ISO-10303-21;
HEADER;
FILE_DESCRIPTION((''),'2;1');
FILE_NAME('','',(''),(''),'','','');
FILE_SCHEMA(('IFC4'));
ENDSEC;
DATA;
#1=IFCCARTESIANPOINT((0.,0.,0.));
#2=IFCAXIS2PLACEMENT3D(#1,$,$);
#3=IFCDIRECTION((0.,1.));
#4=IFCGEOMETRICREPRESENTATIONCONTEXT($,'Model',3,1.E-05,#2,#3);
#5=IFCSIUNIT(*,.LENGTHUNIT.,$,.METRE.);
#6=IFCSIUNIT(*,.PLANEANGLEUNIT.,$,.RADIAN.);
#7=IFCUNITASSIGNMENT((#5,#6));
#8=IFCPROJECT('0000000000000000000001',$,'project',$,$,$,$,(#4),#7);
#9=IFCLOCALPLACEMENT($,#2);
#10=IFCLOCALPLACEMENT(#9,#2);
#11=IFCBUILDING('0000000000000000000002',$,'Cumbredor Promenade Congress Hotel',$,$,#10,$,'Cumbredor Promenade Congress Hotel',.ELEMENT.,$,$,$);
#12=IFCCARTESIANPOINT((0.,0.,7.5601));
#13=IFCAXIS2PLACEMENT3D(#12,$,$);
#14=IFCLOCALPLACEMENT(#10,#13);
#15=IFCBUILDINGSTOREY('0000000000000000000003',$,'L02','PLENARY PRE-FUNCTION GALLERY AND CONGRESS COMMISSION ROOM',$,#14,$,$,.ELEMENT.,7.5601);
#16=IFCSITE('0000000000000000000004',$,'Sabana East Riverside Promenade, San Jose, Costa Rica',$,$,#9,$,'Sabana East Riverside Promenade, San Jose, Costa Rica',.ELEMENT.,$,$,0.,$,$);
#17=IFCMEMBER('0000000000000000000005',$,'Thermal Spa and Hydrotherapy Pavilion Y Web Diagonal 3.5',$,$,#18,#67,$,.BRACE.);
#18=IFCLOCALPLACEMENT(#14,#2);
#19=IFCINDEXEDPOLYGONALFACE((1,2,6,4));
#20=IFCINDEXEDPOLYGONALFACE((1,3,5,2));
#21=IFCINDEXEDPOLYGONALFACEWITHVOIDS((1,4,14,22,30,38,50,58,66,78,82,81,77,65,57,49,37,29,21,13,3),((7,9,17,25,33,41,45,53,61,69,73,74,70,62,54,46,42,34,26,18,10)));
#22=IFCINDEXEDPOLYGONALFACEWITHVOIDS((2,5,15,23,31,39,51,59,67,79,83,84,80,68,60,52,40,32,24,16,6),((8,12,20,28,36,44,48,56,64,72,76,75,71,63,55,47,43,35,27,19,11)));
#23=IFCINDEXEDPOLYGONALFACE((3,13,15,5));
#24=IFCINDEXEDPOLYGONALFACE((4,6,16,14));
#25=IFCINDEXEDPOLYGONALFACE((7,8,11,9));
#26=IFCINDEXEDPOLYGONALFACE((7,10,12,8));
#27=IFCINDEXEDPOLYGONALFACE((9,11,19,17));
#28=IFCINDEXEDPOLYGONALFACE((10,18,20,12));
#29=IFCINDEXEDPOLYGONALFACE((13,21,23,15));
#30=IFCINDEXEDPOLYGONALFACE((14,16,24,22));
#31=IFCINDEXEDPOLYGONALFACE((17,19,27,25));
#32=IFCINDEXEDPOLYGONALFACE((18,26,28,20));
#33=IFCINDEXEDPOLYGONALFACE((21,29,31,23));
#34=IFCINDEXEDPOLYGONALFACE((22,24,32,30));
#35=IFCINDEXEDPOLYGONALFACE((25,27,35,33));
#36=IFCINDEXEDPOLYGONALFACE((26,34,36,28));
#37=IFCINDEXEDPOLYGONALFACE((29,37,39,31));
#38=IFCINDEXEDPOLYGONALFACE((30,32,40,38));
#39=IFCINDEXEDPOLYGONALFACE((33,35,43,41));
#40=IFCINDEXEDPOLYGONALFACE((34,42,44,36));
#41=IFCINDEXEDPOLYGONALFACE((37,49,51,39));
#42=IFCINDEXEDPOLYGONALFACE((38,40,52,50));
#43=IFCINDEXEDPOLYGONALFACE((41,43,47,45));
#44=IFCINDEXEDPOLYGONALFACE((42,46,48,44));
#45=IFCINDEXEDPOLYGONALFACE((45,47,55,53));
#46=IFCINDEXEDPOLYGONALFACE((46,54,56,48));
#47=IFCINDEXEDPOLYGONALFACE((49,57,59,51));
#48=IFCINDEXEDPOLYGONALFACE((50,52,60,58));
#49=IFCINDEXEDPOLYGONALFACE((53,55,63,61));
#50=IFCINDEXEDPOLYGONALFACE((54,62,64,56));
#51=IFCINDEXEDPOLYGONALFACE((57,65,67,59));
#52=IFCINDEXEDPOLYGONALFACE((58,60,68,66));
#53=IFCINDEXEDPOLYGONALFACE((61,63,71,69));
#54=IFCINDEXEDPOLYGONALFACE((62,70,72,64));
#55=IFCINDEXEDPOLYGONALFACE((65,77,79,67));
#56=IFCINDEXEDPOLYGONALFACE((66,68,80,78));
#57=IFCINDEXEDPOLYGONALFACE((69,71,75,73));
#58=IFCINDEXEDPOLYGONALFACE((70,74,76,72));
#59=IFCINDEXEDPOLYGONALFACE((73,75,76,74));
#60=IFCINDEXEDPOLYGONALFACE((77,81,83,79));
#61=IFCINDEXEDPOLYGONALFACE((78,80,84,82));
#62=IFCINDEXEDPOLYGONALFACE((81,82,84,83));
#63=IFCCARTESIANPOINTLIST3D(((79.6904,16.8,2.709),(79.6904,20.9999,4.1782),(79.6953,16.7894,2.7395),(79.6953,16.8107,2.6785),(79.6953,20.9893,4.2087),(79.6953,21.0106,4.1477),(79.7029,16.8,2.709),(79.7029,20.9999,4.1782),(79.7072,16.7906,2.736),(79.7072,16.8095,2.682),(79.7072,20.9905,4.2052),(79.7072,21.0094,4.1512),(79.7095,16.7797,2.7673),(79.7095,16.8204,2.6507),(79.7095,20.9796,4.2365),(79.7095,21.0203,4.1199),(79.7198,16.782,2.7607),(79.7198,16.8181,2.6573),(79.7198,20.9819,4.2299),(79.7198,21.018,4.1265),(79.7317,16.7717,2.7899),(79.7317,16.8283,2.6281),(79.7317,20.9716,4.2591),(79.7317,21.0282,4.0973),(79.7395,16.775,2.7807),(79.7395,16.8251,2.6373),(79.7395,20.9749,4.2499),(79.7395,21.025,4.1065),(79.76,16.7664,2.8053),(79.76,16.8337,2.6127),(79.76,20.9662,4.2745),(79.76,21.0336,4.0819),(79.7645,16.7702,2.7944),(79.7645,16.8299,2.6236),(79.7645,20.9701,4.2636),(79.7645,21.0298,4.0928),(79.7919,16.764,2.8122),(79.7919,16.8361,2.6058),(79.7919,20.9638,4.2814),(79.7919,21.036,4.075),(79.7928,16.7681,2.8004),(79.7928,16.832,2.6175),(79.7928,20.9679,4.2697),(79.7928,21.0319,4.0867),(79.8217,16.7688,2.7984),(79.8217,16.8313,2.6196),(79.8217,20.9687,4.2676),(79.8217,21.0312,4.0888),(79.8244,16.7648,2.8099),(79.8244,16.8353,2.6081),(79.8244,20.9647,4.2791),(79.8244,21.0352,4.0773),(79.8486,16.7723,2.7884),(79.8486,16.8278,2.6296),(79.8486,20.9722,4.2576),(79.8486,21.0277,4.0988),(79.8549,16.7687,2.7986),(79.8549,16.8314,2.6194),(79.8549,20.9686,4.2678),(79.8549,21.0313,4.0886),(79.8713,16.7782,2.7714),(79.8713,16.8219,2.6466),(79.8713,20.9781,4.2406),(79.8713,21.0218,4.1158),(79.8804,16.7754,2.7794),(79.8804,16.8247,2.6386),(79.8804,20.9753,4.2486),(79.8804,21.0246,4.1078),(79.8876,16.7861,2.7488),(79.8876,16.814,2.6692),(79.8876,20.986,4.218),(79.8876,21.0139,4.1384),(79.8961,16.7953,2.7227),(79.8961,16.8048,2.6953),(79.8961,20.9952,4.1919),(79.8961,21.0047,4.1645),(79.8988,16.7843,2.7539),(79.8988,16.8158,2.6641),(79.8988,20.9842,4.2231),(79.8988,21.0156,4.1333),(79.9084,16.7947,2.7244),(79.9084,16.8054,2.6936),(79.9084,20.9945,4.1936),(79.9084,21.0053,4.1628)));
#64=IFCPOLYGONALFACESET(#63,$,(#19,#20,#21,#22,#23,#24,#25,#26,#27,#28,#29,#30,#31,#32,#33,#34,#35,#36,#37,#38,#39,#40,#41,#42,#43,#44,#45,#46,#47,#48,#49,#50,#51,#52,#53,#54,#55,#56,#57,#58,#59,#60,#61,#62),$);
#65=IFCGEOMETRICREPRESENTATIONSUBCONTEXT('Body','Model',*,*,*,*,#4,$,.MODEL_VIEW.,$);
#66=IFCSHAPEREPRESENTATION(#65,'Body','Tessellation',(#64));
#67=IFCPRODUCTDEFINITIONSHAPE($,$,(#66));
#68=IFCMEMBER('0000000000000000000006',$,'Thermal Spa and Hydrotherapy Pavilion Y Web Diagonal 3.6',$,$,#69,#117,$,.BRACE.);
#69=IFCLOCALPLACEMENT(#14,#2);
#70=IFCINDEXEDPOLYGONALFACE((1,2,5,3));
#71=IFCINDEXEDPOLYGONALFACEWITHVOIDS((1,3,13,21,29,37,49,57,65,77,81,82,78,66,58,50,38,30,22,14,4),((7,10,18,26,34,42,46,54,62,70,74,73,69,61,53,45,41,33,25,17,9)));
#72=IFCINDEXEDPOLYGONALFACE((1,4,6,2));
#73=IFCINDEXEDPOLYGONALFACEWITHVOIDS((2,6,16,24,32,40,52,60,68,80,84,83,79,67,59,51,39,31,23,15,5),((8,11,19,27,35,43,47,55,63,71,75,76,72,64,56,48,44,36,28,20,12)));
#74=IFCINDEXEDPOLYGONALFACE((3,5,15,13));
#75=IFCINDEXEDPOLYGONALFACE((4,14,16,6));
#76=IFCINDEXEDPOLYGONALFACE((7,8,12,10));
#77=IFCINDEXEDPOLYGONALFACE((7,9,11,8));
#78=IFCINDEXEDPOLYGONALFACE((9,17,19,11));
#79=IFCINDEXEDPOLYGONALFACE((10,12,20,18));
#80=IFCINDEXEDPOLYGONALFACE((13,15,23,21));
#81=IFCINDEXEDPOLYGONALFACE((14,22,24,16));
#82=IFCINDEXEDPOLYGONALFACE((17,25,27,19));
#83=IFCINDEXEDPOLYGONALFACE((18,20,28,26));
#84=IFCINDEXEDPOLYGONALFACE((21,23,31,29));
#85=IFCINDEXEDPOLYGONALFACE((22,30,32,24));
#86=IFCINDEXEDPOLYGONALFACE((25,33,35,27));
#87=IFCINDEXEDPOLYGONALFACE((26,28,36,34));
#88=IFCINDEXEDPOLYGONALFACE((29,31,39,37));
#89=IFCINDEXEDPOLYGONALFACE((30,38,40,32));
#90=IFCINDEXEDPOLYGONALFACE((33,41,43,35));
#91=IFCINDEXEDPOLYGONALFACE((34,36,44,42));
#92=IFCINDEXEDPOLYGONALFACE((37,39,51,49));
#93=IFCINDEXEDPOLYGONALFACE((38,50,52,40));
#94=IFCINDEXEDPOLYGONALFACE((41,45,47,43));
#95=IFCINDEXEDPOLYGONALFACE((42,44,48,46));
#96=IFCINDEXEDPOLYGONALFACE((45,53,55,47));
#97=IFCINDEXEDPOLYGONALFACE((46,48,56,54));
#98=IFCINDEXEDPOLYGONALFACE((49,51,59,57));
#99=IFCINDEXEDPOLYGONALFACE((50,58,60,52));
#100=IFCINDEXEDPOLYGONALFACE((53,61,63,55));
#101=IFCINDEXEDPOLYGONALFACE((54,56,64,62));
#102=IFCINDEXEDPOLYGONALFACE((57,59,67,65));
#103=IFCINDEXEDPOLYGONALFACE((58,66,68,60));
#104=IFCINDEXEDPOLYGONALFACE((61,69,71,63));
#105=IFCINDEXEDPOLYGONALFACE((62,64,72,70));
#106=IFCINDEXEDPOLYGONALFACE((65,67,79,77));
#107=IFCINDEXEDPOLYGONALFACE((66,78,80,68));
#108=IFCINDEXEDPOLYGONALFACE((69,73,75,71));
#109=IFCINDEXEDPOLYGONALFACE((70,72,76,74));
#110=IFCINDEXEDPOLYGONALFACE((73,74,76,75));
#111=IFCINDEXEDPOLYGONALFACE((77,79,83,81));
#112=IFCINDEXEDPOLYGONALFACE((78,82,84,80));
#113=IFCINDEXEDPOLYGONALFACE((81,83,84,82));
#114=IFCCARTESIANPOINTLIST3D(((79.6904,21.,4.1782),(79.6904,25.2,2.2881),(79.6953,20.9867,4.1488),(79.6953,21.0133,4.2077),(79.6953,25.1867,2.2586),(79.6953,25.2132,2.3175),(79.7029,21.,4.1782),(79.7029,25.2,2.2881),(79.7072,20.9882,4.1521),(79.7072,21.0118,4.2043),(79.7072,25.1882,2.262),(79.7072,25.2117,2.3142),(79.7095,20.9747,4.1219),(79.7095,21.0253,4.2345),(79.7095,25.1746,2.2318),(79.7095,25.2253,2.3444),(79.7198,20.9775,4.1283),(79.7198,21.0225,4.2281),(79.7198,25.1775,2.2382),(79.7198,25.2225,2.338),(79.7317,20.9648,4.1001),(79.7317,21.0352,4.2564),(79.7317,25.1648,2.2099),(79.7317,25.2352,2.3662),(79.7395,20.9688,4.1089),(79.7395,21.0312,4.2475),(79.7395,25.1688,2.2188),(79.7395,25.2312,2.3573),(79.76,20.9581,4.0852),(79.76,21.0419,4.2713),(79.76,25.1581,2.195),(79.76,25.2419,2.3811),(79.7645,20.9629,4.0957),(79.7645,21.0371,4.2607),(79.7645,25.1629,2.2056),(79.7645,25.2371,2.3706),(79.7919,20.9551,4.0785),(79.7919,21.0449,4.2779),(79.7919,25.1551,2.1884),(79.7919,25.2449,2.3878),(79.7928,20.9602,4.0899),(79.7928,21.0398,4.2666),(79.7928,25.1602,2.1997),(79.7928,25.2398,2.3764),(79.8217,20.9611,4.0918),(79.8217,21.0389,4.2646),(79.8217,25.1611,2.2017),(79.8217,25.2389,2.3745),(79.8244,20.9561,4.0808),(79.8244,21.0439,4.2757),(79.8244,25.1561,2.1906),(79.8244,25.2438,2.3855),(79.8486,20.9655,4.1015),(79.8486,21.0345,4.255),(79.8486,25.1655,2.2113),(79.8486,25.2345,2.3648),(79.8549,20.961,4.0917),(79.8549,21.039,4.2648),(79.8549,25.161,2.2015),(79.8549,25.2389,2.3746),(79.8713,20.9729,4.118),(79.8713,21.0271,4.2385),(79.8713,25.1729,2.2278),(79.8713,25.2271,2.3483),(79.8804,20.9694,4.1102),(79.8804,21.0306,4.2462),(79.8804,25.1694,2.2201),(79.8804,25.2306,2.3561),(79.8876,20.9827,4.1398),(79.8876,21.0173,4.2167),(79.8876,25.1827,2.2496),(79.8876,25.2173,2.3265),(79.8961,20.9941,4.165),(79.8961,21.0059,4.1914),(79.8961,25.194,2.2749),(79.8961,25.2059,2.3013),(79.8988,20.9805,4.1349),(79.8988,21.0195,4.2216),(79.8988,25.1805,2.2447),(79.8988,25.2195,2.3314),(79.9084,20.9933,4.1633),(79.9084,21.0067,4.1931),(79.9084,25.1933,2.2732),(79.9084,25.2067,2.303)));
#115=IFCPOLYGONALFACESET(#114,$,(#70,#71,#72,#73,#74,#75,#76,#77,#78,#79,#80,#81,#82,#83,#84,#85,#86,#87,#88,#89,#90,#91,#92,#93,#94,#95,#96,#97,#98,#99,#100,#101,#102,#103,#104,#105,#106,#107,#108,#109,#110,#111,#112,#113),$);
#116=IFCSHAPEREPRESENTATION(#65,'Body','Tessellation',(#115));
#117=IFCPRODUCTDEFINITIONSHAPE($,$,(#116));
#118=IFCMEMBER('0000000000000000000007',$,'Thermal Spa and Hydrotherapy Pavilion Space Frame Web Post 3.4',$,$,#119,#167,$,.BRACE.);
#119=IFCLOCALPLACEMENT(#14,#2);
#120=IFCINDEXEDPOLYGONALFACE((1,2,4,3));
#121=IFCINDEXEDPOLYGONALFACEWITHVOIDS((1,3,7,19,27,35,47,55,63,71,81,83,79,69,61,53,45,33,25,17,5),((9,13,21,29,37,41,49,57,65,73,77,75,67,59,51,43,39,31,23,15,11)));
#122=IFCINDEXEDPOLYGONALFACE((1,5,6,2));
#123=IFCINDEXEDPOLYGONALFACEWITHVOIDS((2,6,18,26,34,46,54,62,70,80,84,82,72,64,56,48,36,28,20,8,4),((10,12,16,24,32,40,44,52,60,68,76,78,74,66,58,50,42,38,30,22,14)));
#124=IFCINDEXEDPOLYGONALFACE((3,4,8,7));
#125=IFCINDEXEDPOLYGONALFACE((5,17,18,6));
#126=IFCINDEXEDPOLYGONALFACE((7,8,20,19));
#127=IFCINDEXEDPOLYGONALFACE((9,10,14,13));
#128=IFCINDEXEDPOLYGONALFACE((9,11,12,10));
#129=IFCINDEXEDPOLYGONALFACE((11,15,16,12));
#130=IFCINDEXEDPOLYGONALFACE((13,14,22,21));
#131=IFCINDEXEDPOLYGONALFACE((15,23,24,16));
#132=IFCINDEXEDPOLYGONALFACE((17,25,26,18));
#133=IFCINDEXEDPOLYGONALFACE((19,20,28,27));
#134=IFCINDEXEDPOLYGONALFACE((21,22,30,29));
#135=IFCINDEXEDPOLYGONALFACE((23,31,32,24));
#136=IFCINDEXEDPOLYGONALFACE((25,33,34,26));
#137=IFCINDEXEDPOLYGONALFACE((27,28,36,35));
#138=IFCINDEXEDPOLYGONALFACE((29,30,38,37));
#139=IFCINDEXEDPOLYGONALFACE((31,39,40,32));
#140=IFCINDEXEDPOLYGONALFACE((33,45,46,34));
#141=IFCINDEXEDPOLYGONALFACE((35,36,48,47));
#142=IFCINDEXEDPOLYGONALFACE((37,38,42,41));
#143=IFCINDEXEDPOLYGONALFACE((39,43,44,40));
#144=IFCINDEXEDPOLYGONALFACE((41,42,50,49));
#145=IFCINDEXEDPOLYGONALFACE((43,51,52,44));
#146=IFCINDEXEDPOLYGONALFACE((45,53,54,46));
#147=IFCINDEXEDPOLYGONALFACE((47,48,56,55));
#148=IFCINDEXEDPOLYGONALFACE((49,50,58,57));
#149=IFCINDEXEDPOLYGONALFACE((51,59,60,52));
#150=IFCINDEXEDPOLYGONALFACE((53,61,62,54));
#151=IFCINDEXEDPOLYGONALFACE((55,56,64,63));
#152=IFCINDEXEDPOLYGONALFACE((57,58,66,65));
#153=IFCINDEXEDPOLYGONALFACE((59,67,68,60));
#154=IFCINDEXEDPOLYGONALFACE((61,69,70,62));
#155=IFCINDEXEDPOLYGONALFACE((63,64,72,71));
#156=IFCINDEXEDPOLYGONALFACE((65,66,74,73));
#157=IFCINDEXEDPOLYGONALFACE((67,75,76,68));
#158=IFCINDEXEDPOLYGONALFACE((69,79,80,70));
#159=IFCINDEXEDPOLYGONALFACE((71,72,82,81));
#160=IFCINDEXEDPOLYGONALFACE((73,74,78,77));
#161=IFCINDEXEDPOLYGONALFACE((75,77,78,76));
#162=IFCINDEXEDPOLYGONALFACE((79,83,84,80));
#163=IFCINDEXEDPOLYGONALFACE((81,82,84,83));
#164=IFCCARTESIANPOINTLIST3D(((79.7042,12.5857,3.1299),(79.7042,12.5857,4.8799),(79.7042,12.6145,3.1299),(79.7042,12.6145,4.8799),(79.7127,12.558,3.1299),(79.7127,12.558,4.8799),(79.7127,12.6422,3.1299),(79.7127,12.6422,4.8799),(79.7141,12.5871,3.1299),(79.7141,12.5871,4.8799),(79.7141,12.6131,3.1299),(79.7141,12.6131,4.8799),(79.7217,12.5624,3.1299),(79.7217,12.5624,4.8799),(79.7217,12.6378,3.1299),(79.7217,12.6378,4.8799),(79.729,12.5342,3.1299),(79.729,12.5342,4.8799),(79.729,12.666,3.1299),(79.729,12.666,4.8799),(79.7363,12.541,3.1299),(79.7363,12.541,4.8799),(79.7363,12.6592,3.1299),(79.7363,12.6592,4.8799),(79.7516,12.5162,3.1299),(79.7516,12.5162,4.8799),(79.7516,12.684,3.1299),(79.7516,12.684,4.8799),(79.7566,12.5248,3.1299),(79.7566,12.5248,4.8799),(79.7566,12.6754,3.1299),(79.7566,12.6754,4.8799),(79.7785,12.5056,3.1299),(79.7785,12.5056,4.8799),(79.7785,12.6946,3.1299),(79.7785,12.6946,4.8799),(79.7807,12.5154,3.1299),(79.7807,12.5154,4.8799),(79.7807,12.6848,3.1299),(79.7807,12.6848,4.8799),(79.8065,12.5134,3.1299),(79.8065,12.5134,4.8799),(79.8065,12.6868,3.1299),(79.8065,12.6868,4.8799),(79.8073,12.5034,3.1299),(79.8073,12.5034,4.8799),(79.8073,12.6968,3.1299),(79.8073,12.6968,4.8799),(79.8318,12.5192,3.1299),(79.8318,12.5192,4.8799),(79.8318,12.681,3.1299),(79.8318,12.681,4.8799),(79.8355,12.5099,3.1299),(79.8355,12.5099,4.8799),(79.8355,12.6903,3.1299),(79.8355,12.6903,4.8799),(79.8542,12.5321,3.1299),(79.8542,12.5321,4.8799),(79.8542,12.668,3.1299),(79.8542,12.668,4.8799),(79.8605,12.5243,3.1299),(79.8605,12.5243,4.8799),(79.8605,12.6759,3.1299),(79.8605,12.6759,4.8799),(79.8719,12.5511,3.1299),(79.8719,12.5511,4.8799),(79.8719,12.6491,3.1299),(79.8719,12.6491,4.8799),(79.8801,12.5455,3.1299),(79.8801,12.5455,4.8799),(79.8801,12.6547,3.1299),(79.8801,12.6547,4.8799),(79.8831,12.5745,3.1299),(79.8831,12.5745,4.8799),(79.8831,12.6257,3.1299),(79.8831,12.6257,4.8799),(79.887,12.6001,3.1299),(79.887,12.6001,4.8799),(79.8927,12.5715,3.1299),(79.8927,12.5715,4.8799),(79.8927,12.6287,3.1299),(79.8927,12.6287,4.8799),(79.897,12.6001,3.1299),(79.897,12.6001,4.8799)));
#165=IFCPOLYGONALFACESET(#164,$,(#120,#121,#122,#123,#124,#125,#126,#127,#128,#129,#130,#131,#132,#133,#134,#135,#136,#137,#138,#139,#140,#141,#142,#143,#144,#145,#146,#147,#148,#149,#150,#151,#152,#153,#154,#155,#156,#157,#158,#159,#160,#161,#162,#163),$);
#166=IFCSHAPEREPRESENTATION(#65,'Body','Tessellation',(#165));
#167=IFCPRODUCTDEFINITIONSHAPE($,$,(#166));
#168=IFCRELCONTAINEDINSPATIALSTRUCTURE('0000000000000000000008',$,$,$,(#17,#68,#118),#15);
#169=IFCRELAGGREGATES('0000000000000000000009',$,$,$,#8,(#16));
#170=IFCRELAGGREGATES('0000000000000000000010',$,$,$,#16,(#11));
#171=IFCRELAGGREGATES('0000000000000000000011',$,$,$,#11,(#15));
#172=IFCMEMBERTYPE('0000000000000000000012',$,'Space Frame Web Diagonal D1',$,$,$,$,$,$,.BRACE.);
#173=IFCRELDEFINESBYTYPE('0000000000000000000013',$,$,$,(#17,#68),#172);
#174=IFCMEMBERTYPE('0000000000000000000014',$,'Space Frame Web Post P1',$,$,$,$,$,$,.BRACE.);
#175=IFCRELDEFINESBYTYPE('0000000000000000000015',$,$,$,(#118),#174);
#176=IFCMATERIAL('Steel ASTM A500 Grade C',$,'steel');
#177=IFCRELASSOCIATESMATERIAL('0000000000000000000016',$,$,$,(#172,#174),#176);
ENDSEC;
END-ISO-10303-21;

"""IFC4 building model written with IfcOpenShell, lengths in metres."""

from ifc_helpers import new_model, si_unit, direction, frame, origin, origin_2d, place, context, subcontext, project, spatial, hollow_circle, extrude, material, material_profile, profile_set, type_object, element, save


model = new_model("IFC4")

# Units and contexts
model_context = context("Model", 3, precision=1e-05, world=origin(), true_north=direction((0.0, 1.0)))
body_context = subcontext(model_context, "Body", "Model", "MODEL_VIEW")
ifc_project = project(units=[si_unit("LENGTHUNIT", "METRE"), si_unit("PLANEANGLEUNIT", "RADIAN")], contexts=[model_context])

# Site, building, storey
site_placement = place(None, origin())
site = spatial("IfcSite", under=ifc_project, at=site_placement, Name="Sabana East Riverside Promenade, San Jose, Costa Rica", LongName="Sabana East Riverside Promenade, San Jose, Costa Rica", CompositionType="ELEMENT", RefElevation=0.0)
building_placement = place(site_placement, origin())
building = spatial("IfcBuilding", under=site, at=building_placement, Name="Cumbredor Promenade Congress Hotel", LongName="Cumbredor Promenade Congress Hotel", CompositionType="ELEMENT")
storey_placement = place(building_placement, frame((0.0, 0.0, 7.5601)))
storey = spatial("IfcBuildingStorey", under=building, at=storey_placement, Name="L02", Description="PLENARY PRE-FUNCTION GALLERY AND CONGRESS COMMISSION ROOM", CompositionType="ELEMENT", Elevation=7.5601)

# Members
ifc_material_1 = material(Name="Steel ASTM A500 Grade C", Category="steel")
ifc_material_profile_1 = material_profile(ifc_material_1, hollow_circle(Radius=0.1096, WallThickness=0.0125, at=origin_2d()), Name="CHS 219.1x12.5")
ifc_profile_set_1 = profile_set([ifc_material_profile_1], Name="Steel ASTM A500 Grade C")
member_type_1 = type_object("IfcMemberType", Name="Space Frame Web Diagonal D1", PredefinedType="BRACE", material=ifc_profile_set_1)
member_1_placement = place(storey_placement, frame((79.8, 16.8, 2.709), z_axis=(0.0, 0.943911, 0.330201), x_axis=(-1.0, 0.0, 0.0)))
element("IfcMember", 1, at=member_1_placement, inside=storey, type_object=member_type_1, Name="Thermal Spa and Hydrotherapy Pavilion Y Web Diagonal 3.5", PredefinedType="BRACE", context=body_context, shape_type="SweptSolid", body=[
    extrude(hollow_circle(Radius=0.1096, WallThickness=0.0125, at=origin_2d()), origin(), (0.0, 0.0, 1.0), 4.4495),
])
member_2_placement = place(storey_placement, frame((79.8, 21.0, 4.1782), z_axis=(0.0, 0.911909, -0.410393), x_axis=(-1.0, 0.0, 0.0)))
element("IfcMember", 2, at=member_2_placement, inside=storey, type_object=member_type_1, Name="Thermal Spa and Hydrotherapy Pavilion Y Web Diagonal 3.6", PredefinedType="BRACE", context=body_context, shape_type="SweptSolid", body=[
    extrude(hollow_circle(Radius=0.1096, WallThickness=0.0125, at=origin_2d()), origin(), (0.0, 0.0, 1.0), 4.6057),
])
ifc_material_profile_2 = material_profile(ifc_material_1, hollow_circle(Radius=0.0969, WallThickness=0.01, at=origin_2d()), Name="CHS 193.7x10")
ifc_profile_set_2 = profile_set([ifc_material_profile_2], Name="Steel ASTM A500 Grade C")
member_type_2 = type_object("IfcMemberType", Name="Space Frame Web Post P1", PredefinedType="BRACE", material=ifc_profile_set_2)
for number, where, z_axis, x_axis, name in (
    (3, (79.8, 12.6001, 3.1299), (0.0, 0.0, 1.0), (1.0, 0.0, 0.0), "Thermal Spa and Hydrotherapy Pavilion Space Frame Web Post 3.4"),
):
    element("IfcMember", number, at=place(storey_placement, frame(where, z_axis=z_axis, x_axis=x_axis)), inside=storey, type_object=member_type_2, Name=name, PredefinedType="BRACE", context=body_context, shape_type="SweptSolid", body=[
        extrude(hollow_circle(Radius=0.0969, WallThickness=0.01, at=origin_2d()), origin(), (0.0, 0.0, 1.0), 1.75),
    ])

save(model, "model.ifc")
